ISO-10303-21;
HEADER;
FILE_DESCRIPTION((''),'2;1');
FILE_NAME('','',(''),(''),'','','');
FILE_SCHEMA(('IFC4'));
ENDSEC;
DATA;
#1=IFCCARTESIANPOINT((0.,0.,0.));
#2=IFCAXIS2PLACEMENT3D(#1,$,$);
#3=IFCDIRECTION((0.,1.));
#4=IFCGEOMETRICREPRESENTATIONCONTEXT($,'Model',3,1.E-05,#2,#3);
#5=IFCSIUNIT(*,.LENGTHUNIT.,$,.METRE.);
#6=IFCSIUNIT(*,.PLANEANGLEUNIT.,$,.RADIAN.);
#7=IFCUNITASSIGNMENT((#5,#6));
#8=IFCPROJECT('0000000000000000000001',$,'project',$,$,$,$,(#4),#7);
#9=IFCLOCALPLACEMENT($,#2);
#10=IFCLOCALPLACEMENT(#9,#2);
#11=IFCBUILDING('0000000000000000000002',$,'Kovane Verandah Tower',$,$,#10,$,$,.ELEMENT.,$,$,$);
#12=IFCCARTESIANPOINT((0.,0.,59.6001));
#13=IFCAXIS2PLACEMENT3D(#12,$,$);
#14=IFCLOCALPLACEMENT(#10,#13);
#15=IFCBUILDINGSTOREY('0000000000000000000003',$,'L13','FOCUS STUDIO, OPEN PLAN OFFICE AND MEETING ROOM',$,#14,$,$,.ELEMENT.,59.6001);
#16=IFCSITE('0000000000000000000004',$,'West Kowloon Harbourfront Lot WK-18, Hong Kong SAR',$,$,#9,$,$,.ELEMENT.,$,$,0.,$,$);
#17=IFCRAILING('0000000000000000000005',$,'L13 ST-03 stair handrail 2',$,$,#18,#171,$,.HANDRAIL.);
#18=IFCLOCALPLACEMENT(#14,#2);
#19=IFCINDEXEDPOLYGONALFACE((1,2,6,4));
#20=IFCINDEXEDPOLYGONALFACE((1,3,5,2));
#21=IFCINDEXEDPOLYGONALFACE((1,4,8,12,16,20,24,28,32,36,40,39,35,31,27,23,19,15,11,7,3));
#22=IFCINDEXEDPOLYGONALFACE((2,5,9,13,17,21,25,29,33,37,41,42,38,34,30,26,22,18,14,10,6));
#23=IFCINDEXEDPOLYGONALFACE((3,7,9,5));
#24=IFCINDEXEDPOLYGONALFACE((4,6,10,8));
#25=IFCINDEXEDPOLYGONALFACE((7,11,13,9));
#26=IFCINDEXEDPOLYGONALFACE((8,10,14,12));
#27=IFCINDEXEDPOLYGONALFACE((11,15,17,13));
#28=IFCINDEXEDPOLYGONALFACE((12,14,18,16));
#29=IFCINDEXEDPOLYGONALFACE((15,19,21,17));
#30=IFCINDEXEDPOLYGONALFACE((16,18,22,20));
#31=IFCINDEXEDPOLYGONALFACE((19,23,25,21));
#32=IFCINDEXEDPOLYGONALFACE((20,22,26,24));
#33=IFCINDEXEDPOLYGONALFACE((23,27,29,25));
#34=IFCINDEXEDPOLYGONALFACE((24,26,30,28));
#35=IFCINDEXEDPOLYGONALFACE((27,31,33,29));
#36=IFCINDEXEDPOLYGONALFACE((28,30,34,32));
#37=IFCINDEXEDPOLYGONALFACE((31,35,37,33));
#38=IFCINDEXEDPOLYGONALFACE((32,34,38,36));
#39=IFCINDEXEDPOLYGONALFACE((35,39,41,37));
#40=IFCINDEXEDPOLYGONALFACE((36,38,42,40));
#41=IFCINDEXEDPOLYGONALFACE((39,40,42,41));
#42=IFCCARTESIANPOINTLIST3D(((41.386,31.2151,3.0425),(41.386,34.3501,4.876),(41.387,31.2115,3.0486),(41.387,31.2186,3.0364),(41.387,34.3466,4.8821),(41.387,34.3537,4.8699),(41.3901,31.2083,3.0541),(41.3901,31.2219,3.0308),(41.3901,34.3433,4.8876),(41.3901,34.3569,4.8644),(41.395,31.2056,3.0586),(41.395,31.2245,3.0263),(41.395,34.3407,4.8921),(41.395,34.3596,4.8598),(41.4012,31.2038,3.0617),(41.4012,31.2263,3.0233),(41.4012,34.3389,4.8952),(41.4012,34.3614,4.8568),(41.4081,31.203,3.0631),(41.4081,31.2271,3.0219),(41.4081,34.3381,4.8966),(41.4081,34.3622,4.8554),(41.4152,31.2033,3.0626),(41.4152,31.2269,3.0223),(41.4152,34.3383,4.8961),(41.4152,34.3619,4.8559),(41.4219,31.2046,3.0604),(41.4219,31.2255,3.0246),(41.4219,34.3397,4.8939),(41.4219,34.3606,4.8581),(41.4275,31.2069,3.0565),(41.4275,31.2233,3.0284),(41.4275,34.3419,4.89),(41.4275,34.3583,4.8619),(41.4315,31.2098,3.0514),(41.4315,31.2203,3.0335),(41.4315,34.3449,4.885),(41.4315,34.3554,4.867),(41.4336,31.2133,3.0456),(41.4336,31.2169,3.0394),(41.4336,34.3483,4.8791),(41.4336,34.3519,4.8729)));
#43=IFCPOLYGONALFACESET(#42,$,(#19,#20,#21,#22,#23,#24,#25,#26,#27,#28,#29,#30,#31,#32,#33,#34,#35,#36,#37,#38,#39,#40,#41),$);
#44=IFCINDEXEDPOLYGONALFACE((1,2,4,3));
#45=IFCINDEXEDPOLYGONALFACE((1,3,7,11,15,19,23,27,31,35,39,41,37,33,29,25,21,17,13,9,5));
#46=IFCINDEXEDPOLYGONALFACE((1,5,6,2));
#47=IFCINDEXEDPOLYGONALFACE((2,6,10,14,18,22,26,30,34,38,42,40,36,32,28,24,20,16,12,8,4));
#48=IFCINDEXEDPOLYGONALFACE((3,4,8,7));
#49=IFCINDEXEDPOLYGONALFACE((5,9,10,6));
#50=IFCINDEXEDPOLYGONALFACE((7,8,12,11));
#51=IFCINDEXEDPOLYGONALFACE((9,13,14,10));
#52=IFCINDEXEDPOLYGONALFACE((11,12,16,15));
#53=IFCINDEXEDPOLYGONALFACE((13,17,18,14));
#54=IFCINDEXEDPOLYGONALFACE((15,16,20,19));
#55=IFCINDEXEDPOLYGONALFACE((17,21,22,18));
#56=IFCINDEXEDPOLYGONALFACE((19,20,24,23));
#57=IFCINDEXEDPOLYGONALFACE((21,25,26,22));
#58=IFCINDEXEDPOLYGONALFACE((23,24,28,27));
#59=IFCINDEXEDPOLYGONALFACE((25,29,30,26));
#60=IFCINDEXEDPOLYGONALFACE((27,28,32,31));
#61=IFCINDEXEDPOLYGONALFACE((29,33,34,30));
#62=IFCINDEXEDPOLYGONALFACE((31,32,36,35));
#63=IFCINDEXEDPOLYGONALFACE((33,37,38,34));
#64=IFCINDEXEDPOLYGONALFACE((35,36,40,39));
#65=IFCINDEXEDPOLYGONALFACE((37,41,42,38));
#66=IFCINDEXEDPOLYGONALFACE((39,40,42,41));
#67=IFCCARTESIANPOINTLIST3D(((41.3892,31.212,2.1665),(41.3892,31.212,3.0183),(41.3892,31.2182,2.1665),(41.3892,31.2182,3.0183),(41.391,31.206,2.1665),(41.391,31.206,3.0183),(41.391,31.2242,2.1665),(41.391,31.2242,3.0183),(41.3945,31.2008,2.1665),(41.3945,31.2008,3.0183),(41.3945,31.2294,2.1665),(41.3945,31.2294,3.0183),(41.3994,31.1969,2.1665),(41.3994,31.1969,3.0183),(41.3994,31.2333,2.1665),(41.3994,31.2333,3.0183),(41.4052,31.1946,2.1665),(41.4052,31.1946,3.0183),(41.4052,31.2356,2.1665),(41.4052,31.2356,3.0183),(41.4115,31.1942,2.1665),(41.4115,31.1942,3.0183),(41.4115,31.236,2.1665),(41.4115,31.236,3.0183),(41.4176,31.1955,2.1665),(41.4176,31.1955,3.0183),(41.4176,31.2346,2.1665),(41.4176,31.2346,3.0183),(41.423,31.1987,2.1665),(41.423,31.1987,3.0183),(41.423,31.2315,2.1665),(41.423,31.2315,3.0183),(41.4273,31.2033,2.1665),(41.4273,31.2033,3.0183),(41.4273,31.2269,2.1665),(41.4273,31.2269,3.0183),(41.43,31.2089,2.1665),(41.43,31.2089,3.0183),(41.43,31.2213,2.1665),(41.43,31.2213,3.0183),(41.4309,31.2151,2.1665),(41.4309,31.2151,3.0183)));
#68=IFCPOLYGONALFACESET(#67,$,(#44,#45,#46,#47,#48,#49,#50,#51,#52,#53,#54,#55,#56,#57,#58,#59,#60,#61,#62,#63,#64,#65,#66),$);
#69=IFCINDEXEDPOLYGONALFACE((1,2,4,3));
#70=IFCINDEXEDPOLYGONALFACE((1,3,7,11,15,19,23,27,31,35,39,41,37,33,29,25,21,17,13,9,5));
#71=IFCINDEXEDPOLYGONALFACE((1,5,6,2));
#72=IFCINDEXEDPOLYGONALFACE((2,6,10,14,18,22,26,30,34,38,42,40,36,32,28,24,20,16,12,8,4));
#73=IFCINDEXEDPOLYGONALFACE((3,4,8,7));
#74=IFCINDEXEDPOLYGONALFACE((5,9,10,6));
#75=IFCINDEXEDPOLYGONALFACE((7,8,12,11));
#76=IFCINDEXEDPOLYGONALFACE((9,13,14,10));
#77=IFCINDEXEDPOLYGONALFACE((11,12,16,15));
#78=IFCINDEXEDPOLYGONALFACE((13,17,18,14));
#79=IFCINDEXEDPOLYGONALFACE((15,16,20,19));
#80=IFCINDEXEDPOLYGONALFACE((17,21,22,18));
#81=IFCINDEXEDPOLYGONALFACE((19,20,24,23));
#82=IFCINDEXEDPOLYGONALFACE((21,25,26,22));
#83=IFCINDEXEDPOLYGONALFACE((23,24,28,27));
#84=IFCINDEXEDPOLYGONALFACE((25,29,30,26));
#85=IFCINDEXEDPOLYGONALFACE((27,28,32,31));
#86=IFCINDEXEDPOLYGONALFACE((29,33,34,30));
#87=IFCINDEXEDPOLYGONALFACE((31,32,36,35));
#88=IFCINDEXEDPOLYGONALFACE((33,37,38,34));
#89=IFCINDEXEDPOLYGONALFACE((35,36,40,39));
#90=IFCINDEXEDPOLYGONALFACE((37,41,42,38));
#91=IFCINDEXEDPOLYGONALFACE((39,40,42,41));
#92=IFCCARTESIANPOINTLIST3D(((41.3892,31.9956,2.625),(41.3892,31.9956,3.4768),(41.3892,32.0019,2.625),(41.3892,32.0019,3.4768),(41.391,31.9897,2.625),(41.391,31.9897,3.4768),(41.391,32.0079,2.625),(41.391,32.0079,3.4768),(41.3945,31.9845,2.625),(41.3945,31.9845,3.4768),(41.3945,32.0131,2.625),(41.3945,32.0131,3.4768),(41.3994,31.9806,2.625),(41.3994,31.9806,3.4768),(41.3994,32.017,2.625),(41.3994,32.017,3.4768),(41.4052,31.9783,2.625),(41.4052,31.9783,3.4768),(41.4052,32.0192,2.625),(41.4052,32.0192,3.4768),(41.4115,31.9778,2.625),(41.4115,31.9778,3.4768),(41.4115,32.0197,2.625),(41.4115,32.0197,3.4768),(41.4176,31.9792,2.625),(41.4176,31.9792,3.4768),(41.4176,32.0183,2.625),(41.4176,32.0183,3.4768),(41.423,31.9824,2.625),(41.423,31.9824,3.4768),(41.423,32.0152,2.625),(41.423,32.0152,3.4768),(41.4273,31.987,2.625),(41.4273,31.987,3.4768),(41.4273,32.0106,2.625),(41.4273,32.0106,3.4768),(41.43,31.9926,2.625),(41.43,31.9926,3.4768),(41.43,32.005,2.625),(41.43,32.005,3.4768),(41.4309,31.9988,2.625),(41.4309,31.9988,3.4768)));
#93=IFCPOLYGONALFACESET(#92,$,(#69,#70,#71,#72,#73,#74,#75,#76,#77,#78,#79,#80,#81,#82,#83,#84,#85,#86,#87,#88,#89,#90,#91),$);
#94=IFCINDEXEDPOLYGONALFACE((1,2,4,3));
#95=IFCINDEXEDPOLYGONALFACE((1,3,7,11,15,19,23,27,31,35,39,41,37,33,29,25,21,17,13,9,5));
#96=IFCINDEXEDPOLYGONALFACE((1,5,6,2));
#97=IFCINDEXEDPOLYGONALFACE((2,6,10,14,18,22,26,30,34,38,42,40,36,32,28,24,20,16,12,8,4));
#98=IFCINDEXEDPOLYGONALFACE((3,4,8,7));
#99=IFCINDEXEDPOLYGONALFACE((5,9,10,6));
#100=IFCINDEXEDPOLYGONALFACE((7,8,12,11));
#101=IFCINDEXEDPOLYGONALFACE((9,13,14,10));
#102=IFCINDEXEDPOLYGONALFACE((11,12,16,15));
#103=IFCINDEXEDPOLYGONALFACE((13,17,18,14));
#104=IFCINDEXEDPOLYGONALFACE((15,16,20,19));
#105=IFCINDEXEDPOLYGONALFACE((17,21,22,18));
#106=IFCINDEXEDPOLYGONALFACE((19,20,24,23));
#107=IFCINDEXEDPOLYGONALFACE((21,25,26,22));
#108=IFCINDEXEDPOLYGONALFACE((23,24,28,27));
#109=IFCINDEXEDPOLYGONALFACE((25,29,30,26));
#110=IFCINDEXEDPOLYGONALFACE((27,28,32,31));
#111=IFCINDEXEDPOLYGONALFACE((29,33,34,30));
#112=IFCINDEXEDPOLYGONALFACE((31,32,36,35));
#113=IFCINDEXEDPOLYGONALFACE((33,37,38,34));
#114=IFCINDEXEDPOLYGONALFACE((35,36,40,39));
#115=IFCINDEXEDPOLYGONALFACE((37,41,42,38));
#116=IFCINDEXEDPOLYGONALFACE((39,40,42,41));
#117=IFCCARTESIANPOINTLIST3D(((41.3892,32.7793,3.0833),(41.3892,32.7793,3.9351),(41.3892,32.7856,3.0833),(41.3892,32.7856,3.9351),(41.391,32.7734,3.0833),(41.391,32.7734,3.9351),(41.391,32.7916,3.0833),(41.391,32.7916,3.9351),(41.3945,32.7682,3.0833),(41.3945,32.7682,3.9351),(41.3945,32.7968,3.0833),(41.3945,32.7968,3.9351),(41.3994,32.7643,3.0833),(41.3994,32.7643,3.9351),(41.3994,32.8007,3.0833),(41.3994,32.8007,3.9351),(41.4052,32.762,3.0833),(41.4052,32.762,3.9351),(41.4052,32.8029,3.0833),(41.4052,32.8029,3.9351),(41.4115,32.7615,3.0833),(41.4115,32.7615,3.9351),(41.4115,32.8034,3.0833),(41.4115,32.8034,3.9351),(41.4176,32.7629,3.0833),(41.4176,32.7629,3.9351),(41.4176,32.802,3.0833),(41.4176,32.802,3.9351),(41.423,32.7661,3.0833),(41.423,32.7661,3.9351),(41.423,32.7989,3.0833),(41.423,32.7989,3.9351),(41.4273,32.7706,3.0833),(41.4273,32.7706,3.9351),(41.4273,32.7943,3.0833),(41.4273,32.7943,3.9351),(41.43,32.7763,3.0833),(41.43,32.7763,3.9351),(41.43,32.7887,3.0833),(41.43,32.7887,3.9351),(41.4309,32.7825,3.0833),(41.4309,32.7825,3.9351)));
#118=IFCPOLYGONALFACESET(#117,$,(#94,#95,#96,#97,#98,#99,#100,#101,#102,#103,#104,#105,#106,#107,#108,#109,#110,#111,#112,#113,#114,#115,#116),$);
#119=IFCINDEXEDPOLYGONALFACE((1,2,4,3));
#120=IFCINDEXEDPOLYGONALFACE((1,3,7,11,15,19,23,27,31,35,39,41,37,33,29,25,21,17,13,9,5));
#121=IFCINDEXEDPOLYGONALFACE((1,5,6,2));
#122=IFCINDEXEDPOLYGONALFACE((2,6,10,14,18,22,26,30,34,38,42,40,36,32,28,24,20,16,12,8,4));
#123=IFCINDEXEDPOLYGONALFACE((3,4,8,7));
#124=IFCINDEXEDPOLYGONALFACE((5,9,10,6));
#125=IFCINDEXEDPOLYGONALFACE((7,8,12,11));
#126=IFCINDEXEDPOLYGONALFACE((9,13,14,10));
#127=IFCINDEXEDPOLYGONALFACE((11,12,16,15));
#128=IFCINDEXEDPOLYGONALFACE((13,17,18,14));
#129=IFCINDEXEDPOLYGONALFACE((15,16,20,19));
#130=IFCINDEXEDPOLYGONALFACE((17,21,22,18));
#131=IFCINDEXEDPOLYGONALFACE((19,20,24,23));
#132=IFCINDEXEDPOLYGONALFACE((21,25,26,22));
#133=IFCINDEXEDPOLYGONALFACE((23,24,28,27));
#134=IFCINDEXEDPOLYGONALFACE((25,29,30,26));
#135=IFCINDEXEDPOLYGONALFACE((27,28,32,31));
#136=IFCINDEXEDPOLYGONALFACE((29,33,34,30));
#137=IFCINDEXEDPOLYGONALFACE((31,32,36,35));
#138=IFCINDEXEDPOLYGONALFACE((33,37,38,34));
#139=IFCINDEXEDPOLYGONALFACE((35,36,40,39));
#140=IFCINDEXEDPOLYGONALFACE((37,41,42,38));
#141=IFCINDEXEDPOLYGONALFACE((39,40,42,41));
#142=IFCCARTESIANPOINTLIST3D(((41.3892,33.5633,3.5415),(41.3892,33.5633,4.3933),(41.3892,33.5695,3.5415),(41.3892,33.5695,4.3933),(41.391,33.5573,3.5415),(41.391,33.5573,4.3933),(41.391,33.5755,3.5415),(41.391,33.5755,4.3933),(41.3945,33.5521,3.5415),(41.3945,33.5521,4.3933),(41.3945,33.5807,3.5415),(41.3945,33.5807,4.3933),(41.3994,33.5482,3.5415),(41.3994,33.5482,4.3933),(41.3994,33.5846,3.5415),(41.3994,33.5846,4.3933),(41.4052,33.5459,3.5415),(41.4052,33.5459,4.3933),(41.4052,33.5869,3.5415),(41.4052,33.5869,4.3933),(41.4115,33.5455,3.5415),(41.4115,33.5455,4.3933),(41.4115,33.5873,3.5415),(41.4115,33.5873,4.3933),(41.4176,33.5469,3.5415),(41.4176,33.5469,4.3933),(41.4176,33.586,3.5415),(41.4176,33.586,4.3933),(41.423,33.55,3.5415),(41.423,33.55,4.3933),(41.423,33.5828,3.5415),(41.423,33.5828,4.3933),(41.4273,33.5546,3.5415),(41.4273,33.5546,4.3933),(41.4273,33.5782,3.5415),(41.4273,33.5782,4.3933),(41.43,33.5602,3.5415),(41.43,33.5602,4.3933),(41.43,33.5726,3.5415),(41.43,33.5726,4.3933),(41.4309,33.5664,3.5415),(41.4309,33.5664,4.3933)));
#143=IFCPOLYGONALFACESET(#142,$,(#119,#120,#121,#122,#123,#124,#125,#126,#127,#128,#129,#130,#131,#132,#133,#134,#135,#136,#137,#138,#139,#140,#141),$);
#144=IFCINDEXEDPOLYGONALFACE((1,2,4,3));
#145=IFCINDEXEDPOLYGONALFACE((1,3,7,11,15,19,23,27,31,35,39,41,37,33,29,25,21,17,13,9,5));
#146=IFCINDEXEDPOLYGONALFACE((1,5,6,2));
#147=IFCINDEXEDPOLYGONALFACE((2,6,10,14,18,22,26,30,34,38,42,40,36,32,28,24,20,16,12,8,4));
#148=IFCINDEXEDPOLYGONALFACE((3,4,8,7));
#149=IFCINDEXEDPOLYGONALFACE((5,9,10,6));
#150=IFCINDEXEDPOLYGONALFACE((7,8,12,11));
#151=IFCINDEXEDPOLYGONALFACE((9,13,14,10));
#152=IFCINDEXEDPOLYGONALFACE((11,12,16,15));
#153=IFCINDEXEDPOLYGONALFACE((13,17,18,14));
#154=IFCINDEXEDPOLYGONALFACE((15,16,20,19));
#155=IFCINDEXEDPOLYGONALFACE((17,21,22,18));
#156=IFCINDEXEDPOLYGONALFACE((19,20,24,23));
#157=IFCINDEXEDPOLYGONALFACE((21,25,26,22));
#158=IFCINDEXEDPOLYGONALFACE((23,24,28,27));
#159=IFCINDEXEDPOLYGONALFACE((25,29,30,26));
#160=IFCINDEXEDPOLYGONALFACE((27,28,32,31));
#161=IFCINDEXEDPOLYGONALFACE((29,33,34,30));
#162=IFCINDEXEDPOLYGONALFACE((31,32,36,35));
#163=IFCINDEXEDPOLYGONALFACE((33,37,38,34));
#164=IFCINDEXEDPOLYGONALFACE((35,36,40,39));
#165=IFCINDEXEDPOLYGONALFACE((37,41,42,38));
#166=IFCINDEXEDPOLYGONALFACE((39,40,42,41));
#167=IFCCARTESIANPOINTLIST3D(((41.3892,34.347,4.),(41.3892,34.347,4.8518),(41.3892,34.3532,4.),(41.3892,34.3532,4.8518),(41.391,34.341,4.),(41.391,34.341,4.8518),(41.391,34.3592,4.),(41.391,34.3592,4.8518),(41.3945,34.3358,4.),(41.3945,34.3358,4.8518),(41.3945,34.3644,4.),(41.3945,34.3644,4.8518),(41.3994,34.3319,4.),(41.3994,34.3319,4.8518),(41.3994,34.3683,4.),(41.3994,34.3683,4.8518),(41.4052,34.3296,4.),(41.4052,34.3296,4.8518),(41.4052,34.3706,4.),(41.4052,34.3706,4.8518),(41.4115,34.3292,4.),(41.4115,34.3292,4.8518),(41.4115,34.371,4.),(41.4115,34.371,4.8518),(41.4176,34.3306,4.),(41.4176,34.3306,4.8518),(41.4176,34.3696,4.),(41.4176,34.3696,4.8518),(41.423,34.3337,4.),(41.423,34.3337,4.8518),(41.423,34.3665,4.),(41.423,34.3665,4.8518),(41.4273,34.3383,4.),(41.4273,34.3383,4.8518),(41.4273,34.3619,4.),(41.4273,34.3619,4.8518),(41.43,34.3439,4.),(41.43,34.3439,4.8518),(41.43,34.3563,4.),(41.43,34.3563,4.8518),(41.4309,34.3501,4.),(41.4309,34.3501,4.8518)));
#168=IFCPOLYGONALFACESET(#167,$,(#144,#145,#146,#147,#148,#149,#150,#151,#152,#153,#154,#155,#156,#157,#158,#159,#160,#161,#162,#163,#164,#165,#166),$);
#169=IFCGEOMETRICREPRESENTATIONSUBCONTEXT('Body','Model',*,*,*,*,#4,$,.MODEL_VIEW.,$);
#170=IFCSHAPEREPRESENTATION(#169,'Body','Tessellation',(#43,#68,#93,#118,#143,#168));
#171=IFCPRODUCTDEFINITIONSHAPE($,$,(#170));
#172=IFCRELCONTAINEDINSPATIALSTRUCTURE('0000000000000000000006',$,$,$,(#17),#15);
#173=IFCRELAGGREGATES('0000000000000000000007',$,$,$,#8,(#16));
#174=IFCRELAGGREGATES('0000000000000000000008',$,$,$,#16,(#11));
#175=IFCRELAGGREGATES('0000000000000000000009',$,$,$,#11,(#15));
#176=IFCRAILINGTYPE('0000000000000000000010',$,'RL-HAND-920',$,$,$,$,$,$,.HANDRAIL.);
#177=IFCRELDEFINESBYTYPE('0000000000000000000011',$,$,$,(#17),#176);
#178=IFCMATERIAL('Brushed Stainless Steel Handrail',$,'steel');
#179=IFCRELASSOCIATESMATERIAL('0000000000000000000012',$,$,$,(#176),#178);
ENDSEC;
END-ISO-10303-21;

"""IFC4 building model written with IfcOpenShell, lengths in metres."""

from ifc_helpers import new_model, si_unit, direction, frame, origin, origin_2d, place, context, subcontext, project, spatial, circle, extrude, material, type_object, element, save


model = new_model("IFC4")

# Units and contexts
model_context = context("Model", 3, precision=1e-05, world=origin(), true_north=direction((0.0, 1.0)))
body_context = subcontext(model_context, "Body", "Model", "MODEL_VIEW")
ifc_project = project(units=[si_unit("LENGTHUNIT", "METRE"), si_unit("PLANEANGLEUNIT", "RADIAN")], contexts=[model_context])

# Site, building, storey
site_placement = place(None, origin())
site = spatial("IfcSite", under=ifc_project, at=site_placement, Name="West Kowloon Harbourfront Lot WK-18, Hong Kong SAR", CompositionType="ELEMENT", RefElevation=0.0)
building_placement = place(site_placement, origin())
building = spatial("IfcBuilding", under=site, at=building_placement, Name="Kovane Verandah Tower", CompositionType="ELEMENT")
storey_placement = place(building_placement, frame((0.0, 0.0, 59.6001)))
storey = spatial("IfcBuildingStorey", under=building, at=storey_placement, Name="L13", Description="FOCUS STUDIO, OPEN PLAN OFFICE AND MEETING ROOM", CompositionType="ELEMENT", Elevation=59.6001)

# Railing
ifc_material_1 = material(Name="Brushed Stainless Steel Handrail", Category="steel")
railing_type_1 = type_object("IfcRailingType", Name="RL-HAND-920", PredefinedType="HANDRAIL", material=ifc_material_1)
railing_1_placement = place(storey_placement, frame((41.4099, 31.2151, 2.1665)))
element("IfcRailing", 1, at=railing_1_placement, inside=storey, type_object=railing_type_1, Name="L13 ST-03 stair handrail 2", PredefinedType="HANDRAIL", context=body_context, shape_type="SweptSolid", body=[
    extrude(circle(Radius=0.0239, at=origin_2d()), frame((0.0, 0.0, 0.876), z_axis=(0.0, 0.86321, 0.504845), x_axis=(-1.0, 0.0, 0.0)), (0.0, 0.0, 1.0), 3.6318),
    extrude(circle(Radius=0.021, at=origin_2d()), origin(), (0.0, 0.0, 1.0), 0.8518),
    extrude(circle(Radius=0.021, at=origin_2d()), frame((0.0, 0.7837, 0.4585)), (0.0, 0.0, 1.0), 0.8518),
    extrude(circle(Radius=0.021, at=origin_2d()), frame((0.0, 1.5674, 0.9167)), (0.0, 0.0, 1.0), 0.8518),
    extrude(circle(Radius=0.021, at=origin_2d()), frame((0.0, 2.3513, 1.375)), (0.0, 0.0, 1.0), 0.8518),
    extrude(circle(Radius=0.021, at=origin_2d()), frame((0.0, 3.135, 1.8335)), (0.0, 0.0, 1.0), 0.8518),
])

save(model, "model.ifc")
